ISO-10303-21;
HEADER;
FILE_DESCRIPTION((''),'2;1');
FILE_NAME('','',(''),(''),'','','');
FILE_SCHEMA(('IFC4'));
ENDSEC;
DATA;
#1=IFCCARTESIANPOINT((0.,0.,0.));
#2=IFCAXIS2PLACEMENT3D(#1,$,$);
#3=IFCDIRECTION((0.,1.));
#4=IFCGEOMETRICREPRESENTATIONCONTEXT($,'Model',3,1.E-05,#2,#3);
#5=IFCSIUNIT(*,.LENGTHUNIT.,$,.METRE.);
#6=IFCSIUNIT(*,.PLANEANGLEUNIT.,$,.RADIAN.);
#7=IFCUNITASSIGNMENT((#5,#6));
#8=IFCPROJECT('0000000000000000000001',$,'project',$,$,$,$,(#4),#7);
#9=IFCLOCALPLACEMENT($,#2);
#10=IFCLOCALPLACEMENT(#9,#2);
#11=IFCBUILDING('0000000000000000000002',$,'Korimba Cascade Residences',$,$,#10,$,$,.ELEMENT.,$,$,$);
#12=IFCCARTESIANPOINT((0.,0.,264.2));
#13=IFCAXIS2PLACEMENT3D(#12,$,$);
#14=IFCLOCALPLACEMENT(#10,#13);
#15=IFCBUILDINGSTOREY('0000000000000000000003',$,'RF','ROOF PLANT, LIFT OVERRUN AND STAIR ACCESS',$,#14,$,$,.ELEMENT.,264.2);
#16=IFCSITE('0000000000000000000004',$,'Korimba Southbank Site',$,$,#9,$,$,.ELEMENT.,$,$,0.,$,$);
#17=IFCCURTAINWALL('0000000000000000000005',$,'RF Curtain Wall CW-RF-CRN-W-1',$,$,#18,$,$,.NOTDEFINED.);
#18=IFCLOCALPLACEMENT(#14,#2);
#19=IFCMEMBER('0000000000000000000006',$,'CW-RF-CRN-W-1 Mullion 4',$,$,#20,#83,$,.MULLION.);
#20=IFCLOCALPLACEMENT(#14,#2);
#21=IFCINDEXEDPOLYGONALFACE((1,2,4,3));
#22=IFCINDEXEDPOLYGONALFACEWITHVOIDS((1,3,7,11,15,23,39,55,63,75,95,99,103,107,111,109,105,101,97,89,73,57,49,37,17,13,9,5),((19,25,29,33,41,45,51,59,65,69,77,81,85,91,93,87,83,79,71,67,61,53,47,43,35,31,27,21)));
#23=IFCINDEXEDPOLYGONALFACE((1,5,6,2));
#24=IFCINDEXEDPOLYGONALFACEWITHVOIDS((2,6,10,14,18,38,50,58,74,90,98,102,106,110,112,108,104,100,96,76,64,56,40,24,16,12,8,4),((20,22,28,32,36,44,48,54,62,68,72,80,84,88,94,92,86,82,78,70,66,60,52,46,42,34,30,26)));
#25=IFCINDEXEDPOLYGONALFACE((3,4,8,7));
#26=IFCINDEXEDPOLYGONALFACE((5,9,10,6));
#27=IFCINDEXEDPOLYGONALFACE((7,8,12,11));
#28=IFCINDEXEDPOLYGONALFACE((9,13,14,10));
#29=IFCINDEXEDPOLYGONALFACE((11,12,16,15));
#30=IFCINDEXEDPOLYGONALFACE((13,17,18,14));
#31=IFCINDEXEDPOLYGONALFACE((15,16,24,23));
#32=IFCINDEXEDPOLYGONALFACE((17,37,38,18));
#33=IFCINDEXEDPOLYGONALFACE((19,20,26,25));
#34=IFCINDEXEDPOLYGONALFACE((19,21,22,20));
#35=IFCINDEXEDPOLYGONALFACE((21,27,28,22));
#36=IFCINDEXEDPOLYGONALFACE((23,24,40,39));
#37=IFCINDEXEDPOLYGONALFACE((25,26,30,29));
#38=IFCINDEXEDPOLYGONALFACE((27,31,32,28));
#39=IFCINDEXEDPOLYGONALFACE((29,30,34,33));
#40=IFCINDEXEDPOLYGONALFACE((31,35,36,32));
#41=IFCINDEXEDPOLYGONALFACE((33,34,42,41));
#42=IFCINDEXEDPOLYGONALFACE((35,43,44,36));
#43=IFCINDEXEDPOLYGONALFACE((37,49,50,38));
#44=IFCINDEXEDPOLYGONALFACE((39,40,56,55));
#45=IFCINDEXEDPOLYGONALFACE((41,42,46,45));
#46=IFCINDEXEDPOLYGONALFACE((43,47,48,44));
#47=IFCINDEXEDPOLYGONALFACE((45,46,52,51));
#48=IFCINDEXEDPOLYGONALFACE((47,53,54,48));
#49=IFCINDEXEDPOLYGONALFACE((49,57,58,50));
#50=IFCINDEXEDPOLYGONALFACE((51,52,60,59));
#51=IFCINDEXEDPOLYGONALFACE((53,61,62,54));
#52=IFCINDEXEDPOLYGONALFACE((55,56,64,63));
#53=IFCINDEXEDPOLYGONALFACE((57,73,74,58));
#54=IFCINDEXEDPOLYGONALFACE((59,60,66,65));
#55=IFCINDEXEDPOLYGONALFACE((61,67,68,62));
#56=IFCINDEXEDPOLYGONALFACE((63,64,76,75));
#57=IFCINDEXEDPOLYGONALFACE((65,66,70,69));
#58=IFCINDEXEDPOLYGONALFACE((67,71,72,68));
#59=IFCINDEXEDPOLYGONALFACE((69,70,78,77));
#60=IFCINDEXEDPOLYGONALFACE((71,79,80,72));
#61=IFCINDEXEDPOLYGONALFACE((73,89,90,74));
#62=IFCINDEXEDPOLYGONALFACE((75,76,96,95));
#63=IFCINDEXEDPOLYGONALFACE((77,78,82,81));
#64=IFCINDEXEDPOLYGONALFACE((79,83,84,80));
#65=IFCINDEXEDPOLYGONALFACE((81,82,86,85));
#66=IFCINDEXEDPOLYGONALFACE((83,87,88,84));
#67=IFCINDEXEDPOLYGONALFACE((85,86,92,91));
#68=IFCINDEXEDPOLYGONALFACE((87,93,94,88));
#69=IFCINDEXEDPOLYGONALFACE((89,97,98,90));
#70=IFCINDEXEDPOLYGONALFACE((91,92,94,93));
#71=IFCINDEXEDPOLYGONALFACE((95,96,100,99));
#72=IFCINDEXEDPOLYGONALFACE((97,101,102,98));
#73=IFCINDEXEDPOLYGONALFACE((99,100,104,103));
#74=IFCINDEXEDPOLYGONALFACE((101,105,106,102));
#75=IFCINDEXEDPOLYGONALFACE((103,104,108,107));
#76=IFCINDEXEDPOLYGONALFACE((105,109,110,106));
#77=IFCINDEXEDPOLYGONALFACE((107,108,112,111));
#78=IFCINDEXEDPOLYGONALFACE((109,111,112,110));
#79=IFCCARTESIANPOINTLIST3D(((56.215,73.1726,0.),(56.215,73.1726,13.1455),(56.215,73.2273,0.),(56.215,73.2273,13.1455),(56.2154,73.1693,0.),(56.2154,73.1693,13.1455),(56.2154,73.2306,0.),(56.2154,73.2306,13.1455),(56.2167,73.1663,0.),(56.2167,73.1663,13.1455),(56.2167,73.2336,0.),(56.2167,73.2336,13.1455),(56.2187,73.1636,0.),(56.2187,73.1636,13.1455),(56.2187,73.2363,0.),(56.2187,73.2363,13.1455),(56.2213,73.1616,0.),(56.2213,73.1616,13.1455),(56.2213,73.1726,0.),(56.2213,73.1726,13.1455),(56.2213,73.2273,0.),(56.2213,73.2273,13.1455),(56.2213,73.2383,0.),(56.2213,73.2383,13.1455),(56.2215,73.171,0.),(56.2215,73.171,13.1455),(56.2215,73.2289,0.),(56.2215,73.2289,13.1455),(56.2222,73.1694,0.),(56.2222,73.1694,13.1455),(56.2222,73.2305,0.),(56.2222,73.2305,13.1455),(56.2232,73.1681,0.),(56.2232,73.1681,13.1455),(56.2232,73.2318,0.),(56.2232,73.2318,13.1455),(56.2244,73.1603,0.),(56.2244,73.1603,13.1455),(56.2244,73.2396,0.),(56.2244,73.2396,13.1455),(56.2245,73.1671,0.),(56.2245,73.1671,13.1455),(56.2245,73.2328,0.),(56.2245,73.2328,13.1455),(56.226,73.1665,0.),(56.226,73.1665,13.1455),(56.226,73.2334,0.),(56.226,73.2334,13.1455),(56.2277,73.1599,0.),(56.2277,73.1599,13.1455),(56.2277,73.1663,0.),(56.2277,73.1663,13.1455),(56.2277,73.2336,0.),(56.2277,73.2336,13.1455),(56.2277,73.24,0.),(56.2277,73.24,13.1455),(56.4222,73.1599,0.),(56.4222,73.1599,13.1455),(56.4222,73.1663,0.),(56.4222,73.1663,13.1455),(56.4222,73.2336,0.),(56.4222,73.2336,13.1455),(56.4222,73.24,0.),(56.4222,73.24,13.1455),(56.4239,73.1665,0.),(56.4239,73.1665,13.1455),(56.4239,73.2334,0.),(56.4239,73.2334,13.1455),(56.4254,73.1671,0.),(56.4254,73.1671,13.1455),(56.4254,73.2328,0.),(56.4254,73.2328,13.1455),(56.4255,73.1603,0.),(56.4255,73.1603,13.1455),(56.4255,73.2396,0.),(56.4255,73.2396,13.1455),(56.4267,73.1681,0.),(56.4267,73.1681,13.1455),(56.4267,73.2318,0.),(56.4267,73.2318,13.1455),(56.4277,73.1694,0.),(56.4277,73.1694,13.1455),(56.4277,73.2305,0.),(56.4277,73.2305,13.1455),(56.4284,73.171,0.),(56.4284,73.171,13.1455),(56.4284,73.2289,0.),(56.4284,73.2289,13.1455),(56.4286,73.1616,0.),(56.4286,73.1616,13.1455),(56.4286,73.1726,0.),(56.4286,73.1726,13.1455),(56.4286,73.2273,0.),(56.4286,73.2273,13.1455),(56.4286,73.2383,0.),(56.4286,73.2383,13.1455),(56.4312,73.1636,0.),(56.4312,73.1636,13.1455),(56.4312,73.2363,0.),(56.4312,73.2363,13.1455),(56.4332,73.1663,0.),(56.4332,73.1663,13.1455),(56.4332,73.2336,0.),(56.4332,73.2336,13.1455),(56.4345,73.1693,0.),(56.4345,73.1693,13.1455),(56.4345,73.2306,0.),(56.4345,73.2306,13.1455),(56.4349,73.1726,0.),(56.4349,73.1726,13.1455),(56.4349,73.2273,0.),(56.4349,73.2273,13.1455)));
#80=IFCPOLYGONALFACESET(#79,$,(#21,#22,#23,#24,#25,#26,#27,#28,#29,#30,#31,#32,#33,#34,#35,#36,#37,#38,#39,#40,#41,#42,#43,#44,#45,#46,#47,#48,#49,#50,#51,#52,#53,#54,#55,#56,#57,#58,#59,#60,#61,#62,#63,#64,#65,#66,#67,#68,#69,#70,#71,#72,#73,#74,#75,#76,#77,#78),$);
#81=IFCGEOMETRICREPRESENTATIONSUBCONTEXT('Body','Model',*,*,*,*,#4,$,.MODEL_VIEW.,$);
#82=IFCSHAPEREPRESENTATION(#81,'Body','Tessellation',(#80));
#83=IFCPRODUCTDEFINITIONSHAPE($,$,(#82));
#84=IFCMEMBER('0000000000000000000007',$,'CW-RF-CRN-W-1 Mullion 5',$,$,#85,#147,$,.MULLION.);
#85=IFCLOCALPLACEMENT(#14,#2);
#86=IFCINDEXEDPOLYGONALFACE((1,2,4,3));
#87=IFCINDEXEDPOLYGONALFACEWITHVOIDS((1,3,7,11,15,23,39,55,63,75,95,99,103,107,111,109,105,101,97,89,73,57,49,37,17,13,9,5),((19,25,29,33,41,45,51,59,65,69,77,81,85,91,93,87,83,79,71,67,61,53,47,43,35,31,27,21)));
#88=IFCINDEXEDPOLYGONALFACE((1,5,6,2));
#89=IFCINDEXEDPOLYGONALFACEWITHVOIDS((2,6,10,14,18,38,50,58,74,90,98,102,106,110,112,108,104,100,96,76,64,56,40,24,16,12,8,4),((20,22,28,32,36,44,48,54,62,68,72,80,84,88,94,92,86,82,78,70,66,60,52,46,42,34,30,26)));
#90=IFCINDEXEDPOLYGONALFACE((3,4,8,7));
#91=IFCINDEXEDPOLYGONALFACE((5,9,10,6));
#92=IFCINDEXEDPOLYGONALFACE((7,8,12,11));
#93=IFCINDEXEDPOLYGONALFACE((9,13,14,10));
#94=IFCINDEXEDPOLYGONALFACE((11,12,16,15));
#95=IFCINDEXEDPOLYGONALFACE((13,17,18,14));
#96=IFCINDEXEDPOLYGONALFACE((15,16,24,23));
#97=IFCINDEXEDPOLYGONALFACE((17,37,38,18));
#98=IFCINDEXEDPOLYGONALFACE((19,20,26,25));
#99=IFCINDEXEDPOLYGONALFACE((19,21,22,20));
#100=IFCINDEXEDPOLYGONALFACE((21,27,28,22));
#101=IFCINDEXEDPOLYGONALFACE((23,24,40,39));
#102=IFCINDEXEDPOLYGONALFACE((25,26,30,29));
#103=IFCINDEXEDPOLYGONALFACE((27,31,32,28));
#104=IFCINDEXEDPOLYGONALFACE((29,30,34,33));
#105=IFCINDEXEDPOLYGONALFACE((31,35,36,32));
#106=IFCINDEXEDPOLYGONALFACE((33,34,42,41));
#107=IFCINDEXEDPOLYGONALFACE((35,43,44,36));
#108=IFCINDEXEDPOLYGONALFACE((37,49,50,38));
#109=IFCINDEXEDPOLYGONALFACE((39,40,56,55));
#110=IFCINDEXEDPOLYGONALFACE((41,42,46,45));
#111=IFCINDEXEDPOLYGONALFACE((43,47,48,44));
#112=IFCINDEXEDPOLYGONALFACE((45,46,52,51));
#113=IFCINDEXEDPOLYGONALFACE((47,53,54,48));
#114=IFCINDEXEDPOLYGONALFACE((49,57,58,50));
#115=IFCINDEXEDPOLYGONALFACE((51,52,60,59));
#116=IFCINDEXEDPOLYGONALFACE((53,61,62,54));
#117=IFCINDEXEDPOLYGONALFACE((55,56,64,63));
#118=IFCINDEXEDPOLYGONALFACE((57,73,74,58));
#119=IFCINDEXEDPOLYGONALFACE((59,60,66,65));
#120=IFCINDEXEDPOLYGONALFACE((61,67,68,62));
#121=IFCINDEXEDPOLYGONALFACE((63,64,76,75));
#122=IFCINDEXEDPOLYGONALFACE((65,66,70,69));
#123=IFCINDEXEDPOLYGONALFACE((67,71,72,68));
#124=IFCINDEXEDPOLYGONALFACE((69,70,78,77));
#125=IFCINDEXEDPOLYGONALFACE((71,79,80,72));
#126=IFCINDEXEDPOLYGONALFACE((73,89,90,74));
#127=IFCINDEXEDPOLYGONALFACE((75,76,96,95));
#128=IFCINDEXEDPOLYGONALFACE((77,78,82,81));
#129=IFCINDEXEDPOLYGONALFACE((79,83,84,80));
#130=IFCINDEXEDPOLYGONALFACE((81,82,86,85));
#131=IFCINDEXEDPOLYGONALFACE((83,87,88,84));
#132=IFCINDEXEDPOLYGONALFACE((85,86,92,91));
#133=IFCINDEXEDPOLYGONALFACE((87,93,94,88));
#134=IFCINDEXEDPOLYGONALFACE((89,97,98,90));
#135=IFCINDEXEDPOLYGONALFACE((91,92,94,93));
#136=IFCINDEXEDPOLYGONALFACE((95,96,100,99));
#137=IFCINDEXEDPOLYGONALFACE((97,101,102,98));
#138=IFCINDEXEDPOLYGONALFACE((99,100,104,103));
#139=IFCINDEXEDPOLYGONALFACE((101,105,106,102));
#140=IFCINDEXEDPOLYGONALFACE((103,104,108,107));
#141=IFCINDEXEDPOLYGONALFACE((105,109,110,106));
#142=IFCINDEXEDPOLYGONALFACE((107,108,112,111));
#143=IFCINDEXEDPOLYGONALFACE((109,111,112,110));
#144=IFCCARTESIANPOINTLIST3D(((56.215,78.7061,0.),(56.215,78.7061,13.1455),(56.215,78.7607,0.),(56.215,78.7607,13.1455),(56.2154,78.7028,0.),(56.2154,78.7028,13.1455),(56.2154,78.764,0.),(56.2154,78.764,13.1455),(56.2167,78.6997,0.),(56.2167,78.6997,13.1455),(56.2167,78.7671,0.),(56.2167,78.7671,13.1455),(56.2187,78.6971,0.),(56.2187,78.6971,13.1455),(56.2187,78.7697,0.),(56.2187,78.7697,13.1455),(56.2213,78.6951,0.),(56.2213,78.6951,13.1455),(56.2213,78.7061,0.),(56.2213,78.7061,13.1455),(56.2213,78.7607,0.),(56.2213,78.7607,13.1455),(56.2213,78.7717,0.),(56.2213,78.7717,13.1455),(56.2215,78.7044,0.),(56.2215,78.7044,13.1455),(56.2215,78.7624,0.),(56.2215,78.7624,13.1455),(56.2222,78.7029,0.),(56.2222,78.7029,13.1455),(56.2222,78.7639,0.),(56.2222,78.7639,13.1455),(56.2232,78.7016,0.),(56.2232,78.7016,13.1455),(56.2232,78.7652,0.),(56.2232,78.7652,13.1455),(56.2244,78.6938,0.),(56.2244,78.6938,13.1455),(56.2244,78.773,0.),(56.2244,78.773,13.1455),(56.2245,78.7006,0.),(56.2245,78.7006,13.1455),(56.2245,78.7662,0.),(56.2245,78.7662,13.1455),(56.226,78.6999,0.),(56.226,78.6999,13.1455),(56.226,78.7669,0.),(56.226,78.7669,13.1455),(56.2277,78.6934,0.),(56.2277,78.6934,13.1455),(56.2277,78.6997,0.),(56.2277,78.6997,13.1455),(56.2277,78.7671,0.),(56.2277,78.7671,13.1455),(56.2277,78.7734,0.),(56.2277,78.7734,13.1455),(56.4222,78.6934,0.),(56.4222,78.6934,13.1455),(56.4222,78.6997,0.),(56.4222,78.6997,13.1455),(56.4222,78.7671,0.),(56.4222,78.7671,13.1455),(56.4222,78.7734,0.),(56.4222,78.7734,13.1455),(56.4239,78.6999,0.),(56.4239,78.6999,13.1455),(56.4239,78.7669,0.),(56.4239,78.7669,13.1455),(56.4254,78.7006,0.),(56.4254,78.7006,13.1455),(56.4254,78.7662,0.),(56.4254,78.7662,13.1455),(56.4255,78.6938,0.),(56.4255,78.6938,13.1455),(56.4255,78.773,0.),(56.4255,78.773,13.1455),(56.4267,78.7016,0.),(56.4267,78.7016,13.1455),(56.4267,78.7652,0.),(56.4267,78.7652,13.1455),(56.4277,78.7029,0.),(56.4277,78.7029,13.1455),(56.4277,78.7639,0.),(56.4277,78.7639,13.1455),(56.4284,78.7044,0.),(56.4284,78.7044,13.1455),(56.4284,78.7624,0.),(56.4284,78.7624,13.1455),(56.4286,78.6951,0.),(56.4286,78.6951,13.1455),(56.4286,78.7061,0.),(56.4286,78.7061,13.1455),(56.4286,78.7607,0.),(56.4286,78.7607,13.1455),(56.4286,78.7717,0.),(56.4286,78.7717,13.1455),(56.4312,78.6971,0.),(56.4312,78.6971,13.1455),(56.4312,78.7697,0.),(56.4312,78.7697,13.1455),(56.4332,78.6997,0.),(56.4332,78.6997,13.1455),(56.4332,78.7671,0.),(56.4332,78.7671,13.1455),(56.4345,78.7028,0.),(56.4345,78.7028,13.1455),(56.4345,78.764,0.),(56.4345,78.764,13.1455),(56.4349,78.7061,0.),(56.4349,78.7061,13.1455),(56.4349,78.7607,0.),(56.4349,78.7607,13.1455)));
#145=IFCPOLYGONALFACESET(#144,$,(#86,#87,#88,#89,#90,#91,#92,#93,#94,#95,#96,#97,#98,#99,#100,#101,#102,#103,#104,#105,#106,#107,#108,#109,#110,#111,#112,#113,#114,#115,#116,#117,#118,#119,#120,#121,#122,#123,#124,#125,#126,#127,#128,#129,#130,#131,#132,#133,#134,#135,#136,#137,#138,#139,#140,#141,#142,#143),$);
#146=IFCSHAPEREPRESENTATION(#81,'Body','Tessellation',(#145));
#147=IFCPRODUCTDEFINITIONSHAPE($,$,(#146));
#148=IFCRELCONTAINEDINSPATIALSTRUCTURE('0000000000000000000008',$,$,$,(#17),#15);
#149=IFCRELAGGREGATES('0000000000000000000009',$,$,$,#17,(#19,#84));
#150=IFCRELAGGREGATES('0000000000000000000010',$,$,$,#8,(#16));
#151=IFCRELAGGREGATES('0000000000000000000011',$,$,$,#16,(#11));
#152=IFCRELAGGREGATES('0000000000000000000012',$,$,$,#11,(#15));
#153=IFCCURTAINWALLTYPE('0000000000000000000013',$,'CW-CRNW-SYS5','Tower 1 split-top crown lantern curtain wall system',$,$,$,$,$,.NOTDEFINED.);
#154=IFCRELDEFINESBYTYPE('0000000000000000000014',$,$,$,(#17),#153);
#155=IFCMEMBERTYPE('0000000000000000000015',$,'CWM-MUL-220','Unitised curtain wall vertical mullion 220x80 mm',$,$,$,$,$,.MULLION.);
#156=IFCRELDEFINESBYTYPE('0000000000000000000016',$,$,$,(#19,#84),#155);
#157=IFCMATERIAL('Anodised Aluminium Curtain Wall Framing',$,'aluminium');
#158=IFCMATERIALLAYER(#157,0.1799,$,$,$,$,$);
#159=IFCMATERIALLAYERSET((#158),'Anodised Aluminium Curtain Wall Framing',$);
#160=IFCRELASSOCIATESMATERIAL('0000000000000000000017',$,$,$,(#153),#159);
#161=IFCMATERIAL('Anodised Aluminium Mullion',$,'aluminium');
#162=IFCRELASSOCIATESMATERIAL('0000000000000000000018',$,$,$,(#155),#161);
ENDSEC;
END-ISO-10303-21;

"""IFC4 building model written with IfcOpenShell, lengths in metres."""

from ifc_helpers import new_model, si_unit, direction, frame, origin, origin_2d, place, context, subcontext, project, spatial, hollow_rectangle, extrude, material, layer, layer_set, material_profile, profile_set, type_object, element, aggregate, save


model = new_model("IFC4")

# Units and contexts
model_context = context("Model", 3, precision=1e-05, world=origin(), true_north=direction((0.0, 1.0)))
body_context = subcontext(model_context, "Body", "Model", "MODEL_VIEW")
ifc_project = project(units=[si_unit("LENGTHUNIT", "METRE"), si_unit("PLANEANGLEUNIT", "RADIAN")], contexts=[model_context])

# Site, building, storey
site_placement = place(None, origin())
site = spatial("IfcSite", under=ifc_project, at=site_placement, Name="Korimba Southbank Site", CompositionType="ELEMENT", RefElevation=0.0)
building_placement = place(site_placement, origin())
building = spatial("IfcBuilding", under=site, at=building_placement, Name="Korimba Cascade Residences", CompositionType="ELEMENT")
storey_placement = place(building_placement, frame((0.0, 0.0, 264.2)))
storey = spatial("IfcBuildingStorey", under=building, at=storey_placement, Name="RF", Description="ROOF PLANT, LIFT OVERRUN AND STAIR ACCESS", CompositionType="ELEMENT", Elevation=264.2)

# Curtain wall, members
ifc_material_1 = material(Name="Anodised Aluminium Curtain Wall Framing", Category="aluminium")
ifc_layer_1 = layer(ifc_material_1, 0.1799)
ifc_layer_set_1 = layer_set([ifc_layer_1], Name="Anodised Aluminium Curtain Wall Framing")
curtain_wall_type = type_object("IfcCurtainWallType", Name="CW-CRNW-SYS5", Description="Tower 1 split-top crown lantern curtain wall system", PredefinedType="NOTDEFINED", material=ifc_layer_set_1)
curtain_wall_placement = place(storey_placement, origin())
curtain_wall = element("IfcCurtainWall", 1, at=curtain_wall_placement, inside=storey, type_object=curtain_wall_type, Name="RF Curtain Wall CW-RF-CRN-W-1", PredefinedType="NOTDEFINED")
ifc_material_2 = material(Name="Anodised Aluminium Mullion", Category="aluminium")
ifc_material_profile_1 = material_profile(ifc_material_2, hollow_rectangle(XDim=0.0801, YDim=0.22, WallThickness=0.0063, InnerFilletRadius=0.0063, OuterFilletRadius=0.0127, at=origin_2d()), Name="Anodised Aluminium Mullion")
ifc_profile_set_1 = profile_set([ifc_material_profile_1], Name="Anodised Aluminium Mullion")
member_type_1 = type_object("IfcMemberType", Name="CWM-MUL-220", Description="Unitised curtain wall vertical mullion 220x80 mm", PredefinedType="MULLION", material=ifc_profile_set_1)
member_1_placement = place(storey_placement, frame((56.325, 73.2, 0.0), z_axis=(0.0, 0.0, 1.0), x_axis=(0.0, 1.0, 0.0)))
member_1 = element("IfcMember", 2, at=member_1_placement, type_object=member_type_1, Name="CW-RF-CRN-W-1 Mullion 4", PredefinedType="MULLION", context=body_context, shape_type="SweptSolid", body=[
    extrude(hollow_rectangle(XDim=0.0801, YDim=0.22, WallThickness=0.0063, InnerFilletRadius=0.0063, OuterFilletRadius=0.0127, at=origin_2d()), origin(), (0.0, 0.0, 1.0), 13.1455),
])
member_2_placement = place(storey_placement, frame((56.325, 78.7334, 0.0), z_axis=(0.0, 0.0, 1.0), x_axis=(0.0, 1.0, 0.0)))
member_2 = element("IfcMember", 3, at=member_2_placement, type_object=member_type_1, Name="CW-RF-CRN-W-1 Mullion 5", PredefinedType="MULLION", context=body_context, shape_type="SweptSolid", body=[
    extrude(hollow_rectangle(XDim=0.0801, YDim=0.22, WallThickness=0.0063, InnerFilletRadius=0.0063, OuterFilletRadius=0.0127, at=origin_2d()), origin(), (0.0, 0.0, 1.0), 13.1455),
])
aggregate(curtain_wall, [member_1, member_2])

save(model, "model.ifc")
